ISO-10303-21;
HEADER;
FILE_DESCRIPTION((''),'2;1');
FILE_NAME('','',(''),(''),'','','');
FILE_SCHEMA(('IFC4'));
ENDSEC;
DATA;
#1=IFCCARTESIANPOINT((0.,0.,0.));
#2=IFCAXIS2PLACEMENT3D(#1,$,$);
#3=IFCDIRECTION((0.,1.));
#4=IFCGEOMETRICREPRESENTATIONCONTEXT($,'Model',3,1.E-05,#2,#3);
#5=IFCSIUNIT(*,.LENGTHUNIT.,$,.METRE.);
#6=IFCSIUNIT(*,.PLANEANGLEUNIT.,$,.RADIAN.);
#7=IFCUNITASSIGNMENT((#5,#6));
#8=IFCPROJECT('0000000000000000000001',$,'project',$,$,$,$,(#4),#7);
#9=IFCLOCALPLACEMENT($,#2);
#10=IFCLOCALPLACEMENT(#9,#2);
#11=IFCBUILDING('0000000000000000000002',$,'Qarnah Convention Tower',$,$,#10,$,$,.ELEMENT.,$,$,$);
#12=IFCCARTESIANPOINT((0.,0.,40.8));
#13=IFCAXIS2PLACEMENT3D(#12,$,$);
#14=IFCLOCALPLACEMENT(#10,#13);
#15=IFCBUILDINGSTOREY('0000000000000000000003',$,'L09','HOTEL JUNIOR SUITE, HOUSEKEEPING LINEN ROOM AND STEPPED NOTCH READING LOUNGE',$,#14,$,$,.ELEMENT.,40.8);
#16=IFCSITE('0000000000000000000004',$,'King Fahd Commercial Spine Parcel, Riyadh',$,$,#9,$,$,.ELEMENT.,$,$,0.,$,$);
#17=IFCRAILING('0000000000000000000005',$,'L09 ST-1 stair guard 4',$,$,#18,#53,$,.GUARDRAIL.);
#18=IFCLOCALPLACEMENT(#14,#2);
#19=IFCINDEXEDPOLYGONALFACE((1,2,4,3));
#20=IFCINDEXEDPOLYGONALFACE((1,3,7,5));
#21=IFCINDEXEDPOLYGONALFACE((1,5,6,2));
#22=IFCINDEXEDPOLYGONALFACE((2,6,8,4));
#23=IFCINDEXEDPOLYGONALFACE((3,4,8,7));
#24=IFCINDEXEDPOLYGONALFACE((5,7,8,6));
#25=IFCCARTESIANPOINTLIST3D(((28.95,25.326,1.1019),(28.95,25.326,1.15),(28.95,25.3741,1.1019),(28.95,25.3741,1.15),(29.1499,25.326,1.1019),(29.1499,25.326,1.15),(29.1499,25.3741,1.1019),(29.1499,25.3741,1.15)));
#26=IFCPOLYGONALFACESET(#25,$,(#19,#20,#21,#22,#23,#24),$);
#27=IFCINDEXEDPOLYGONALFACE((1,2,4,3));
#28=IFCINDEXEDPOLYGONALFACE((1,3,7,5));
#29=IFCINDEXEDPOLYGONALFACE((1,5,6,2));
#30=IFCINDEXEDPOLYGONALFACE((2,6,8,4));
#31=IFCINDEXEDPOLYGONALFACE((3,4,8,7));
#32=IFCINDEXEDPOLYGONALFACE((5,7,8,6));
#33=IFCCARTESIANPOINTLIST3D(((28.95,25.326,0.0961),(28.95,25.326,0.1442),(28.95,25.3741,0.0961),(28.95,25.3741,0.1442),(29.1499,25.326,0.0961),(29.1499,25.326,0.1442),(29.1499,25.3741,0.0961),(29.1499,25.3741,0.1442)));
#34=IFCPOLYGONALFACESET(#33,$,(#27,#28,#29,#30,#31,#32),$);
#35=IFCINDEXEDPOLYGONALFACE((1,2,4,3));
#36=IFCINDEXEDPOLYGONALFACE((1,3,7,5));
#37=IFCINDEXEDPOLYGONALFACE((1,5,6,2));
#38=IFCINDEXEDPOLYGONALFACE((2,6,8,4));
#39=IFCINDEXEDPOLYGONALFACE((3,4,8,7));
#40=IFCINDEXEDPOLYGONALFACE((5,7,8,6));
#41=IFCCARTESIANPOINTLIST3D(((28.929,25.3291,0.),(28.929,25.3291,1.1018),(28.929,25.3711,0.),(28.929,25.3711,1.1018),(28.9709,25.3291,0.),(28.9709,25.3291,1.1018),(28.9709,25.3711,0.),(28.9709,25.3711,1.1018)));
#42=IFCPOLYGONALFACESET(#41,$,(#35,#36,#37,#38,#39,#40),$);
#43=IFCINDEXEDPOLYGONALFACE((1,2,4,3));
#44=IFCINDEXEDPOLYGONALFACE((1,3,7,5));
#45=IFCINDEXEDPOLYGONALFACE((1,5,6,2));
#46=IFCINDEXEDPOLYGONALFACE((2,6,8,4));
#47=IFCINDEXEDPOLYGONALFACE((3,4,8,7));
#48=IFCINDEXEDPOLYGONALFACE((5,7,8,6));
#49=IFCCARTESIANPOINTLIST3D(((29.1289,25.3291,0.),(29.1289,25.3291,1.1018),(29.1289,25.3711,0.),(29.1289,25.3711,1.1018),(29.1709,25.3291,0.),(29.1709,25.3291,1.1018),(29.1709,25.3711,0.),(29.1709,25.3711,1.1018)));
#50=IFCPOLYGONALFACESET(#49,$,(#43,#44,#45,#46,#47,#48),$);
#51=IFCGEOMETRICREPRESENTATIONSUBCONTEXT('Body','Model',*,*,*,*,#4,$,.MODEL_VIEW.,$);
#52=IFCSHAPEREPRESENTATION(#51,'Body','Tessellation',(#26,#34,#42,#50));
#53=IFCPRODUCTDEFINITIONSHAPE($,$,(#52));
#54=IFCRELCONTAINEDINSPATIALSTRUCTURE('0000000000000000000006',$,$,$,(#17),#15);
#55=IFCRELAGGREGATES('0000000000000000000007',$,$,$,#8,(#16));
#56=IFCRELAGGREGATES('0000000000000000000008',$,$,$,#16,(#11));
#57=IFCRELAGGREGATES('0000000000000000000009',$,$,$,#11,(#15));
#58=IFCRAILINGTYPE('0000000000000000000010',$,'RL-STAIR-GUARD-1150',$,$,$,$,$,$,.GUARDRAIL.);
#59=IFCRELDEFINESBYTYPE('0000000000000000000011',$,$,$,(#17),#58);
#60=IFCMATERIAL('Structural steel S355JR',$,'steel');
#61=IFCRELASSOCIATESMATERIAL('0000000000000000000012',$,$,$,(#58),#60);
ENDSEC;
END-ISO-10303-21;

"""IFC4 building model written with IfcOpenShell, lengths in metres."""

from ifc_helpers import new_model, si_unit, direction, frame, origin, origin_2d, place, context, subcontext, project, spatial, rectangle, extrude, material, type_object, element, save


model = new_model("IFC4")

# Units and contexts
model_context = context("Model", 3, precision=1e-05, world=origin(), true_north=direction((0.0, 1.0)))
body_context = subcontext(model_context, "Body", "Model", "MODEL_VIEW")
ifc_project = project(units=[si_unit("LENGTHUNIT", "METRE"), si_unit("PLANEANGLEUNIT", "RADIAN")], contexts=[model_context])

# Site, building, storey
site_placement = place(None, origin())
site = spatial("IfcSite", under=ifc_project, at=site_placement, Name="King Fahd Commercial Spine Parcel, Riyadh", CompositionType="ELEMENT", RefElevation=0.0)
building_placement = place(site_placement, origin())
building = spatial("IfcBuilding", under=site, at=building_placement, Name="Qarnah Convention Tower", CompositionType="ELEMENT")
storey_placement = place(building_placement, frame((0.0, 0.0, 40.8)))
storey = spatial("IfcBuildingStorey", under=building, at=storey_placement, Name="L09", Description="HOTEL JUNIOR SUITE, HOUSEKEEPING LINEN ROOM AND STEPPED NOTCH READING LOUNGE", CompositionType="ELEMENT", Elevation=40.8)

# Shared definitions
ifc_material_1 = material(Name="Structural steel S355JR", Category="steel")

# Railing
railing_type = type_object("IfcRailingType", Name="RL-STAIR-GUARD-1150", PredefinedType="GUARDRAIL", material=ifc_material_1)
railing_1_placement = place(storey_placement, frame((28.95, 25.3501, 0.0)))
element("IfcRailing", 1, at=railing_1_placement, inside=storey, type_object=railing_type, Name="L09 ST-1 stair guard 4", PredefinedType="GUARDRAIL", context=body_context, shape_type="SweptSolid", body=[
    extrude(rectangle(XDim=0.0481, YDim=0.0481, at=origin_2d()), frame((0.0, 0.0, 1.126), z_axis=(1.0, 0.0, 0.0), x_axis=(0.0, 1.0, 0.0)), (0.0, 0.0, 1.0), 0.2),
    extrude(rectangle(XDim=0.0481, YDim=0.0481, at=origin_2d()), frame((0.0, 0.0, 0.1201), z_axis=(1.0, 0.0, 0.0), x_axis=(0.0, 1.0, 0.0)), (0.0, 0.0, 1.0), 0.2),
    extrude(rectangle(XDim=0.042, YDim=0.042, at=origin_2d()), origin(), (0.0, 0.0, 1.0), 1.1018),
    extrude(rectangle(XDim=0.042, YDim=0.042, at=origin_2d()), frame((0.2, 0.0, 0.0)), (0.0, 0.0, 1.0), 1.1018),
])

save(model, "model.ifc")
